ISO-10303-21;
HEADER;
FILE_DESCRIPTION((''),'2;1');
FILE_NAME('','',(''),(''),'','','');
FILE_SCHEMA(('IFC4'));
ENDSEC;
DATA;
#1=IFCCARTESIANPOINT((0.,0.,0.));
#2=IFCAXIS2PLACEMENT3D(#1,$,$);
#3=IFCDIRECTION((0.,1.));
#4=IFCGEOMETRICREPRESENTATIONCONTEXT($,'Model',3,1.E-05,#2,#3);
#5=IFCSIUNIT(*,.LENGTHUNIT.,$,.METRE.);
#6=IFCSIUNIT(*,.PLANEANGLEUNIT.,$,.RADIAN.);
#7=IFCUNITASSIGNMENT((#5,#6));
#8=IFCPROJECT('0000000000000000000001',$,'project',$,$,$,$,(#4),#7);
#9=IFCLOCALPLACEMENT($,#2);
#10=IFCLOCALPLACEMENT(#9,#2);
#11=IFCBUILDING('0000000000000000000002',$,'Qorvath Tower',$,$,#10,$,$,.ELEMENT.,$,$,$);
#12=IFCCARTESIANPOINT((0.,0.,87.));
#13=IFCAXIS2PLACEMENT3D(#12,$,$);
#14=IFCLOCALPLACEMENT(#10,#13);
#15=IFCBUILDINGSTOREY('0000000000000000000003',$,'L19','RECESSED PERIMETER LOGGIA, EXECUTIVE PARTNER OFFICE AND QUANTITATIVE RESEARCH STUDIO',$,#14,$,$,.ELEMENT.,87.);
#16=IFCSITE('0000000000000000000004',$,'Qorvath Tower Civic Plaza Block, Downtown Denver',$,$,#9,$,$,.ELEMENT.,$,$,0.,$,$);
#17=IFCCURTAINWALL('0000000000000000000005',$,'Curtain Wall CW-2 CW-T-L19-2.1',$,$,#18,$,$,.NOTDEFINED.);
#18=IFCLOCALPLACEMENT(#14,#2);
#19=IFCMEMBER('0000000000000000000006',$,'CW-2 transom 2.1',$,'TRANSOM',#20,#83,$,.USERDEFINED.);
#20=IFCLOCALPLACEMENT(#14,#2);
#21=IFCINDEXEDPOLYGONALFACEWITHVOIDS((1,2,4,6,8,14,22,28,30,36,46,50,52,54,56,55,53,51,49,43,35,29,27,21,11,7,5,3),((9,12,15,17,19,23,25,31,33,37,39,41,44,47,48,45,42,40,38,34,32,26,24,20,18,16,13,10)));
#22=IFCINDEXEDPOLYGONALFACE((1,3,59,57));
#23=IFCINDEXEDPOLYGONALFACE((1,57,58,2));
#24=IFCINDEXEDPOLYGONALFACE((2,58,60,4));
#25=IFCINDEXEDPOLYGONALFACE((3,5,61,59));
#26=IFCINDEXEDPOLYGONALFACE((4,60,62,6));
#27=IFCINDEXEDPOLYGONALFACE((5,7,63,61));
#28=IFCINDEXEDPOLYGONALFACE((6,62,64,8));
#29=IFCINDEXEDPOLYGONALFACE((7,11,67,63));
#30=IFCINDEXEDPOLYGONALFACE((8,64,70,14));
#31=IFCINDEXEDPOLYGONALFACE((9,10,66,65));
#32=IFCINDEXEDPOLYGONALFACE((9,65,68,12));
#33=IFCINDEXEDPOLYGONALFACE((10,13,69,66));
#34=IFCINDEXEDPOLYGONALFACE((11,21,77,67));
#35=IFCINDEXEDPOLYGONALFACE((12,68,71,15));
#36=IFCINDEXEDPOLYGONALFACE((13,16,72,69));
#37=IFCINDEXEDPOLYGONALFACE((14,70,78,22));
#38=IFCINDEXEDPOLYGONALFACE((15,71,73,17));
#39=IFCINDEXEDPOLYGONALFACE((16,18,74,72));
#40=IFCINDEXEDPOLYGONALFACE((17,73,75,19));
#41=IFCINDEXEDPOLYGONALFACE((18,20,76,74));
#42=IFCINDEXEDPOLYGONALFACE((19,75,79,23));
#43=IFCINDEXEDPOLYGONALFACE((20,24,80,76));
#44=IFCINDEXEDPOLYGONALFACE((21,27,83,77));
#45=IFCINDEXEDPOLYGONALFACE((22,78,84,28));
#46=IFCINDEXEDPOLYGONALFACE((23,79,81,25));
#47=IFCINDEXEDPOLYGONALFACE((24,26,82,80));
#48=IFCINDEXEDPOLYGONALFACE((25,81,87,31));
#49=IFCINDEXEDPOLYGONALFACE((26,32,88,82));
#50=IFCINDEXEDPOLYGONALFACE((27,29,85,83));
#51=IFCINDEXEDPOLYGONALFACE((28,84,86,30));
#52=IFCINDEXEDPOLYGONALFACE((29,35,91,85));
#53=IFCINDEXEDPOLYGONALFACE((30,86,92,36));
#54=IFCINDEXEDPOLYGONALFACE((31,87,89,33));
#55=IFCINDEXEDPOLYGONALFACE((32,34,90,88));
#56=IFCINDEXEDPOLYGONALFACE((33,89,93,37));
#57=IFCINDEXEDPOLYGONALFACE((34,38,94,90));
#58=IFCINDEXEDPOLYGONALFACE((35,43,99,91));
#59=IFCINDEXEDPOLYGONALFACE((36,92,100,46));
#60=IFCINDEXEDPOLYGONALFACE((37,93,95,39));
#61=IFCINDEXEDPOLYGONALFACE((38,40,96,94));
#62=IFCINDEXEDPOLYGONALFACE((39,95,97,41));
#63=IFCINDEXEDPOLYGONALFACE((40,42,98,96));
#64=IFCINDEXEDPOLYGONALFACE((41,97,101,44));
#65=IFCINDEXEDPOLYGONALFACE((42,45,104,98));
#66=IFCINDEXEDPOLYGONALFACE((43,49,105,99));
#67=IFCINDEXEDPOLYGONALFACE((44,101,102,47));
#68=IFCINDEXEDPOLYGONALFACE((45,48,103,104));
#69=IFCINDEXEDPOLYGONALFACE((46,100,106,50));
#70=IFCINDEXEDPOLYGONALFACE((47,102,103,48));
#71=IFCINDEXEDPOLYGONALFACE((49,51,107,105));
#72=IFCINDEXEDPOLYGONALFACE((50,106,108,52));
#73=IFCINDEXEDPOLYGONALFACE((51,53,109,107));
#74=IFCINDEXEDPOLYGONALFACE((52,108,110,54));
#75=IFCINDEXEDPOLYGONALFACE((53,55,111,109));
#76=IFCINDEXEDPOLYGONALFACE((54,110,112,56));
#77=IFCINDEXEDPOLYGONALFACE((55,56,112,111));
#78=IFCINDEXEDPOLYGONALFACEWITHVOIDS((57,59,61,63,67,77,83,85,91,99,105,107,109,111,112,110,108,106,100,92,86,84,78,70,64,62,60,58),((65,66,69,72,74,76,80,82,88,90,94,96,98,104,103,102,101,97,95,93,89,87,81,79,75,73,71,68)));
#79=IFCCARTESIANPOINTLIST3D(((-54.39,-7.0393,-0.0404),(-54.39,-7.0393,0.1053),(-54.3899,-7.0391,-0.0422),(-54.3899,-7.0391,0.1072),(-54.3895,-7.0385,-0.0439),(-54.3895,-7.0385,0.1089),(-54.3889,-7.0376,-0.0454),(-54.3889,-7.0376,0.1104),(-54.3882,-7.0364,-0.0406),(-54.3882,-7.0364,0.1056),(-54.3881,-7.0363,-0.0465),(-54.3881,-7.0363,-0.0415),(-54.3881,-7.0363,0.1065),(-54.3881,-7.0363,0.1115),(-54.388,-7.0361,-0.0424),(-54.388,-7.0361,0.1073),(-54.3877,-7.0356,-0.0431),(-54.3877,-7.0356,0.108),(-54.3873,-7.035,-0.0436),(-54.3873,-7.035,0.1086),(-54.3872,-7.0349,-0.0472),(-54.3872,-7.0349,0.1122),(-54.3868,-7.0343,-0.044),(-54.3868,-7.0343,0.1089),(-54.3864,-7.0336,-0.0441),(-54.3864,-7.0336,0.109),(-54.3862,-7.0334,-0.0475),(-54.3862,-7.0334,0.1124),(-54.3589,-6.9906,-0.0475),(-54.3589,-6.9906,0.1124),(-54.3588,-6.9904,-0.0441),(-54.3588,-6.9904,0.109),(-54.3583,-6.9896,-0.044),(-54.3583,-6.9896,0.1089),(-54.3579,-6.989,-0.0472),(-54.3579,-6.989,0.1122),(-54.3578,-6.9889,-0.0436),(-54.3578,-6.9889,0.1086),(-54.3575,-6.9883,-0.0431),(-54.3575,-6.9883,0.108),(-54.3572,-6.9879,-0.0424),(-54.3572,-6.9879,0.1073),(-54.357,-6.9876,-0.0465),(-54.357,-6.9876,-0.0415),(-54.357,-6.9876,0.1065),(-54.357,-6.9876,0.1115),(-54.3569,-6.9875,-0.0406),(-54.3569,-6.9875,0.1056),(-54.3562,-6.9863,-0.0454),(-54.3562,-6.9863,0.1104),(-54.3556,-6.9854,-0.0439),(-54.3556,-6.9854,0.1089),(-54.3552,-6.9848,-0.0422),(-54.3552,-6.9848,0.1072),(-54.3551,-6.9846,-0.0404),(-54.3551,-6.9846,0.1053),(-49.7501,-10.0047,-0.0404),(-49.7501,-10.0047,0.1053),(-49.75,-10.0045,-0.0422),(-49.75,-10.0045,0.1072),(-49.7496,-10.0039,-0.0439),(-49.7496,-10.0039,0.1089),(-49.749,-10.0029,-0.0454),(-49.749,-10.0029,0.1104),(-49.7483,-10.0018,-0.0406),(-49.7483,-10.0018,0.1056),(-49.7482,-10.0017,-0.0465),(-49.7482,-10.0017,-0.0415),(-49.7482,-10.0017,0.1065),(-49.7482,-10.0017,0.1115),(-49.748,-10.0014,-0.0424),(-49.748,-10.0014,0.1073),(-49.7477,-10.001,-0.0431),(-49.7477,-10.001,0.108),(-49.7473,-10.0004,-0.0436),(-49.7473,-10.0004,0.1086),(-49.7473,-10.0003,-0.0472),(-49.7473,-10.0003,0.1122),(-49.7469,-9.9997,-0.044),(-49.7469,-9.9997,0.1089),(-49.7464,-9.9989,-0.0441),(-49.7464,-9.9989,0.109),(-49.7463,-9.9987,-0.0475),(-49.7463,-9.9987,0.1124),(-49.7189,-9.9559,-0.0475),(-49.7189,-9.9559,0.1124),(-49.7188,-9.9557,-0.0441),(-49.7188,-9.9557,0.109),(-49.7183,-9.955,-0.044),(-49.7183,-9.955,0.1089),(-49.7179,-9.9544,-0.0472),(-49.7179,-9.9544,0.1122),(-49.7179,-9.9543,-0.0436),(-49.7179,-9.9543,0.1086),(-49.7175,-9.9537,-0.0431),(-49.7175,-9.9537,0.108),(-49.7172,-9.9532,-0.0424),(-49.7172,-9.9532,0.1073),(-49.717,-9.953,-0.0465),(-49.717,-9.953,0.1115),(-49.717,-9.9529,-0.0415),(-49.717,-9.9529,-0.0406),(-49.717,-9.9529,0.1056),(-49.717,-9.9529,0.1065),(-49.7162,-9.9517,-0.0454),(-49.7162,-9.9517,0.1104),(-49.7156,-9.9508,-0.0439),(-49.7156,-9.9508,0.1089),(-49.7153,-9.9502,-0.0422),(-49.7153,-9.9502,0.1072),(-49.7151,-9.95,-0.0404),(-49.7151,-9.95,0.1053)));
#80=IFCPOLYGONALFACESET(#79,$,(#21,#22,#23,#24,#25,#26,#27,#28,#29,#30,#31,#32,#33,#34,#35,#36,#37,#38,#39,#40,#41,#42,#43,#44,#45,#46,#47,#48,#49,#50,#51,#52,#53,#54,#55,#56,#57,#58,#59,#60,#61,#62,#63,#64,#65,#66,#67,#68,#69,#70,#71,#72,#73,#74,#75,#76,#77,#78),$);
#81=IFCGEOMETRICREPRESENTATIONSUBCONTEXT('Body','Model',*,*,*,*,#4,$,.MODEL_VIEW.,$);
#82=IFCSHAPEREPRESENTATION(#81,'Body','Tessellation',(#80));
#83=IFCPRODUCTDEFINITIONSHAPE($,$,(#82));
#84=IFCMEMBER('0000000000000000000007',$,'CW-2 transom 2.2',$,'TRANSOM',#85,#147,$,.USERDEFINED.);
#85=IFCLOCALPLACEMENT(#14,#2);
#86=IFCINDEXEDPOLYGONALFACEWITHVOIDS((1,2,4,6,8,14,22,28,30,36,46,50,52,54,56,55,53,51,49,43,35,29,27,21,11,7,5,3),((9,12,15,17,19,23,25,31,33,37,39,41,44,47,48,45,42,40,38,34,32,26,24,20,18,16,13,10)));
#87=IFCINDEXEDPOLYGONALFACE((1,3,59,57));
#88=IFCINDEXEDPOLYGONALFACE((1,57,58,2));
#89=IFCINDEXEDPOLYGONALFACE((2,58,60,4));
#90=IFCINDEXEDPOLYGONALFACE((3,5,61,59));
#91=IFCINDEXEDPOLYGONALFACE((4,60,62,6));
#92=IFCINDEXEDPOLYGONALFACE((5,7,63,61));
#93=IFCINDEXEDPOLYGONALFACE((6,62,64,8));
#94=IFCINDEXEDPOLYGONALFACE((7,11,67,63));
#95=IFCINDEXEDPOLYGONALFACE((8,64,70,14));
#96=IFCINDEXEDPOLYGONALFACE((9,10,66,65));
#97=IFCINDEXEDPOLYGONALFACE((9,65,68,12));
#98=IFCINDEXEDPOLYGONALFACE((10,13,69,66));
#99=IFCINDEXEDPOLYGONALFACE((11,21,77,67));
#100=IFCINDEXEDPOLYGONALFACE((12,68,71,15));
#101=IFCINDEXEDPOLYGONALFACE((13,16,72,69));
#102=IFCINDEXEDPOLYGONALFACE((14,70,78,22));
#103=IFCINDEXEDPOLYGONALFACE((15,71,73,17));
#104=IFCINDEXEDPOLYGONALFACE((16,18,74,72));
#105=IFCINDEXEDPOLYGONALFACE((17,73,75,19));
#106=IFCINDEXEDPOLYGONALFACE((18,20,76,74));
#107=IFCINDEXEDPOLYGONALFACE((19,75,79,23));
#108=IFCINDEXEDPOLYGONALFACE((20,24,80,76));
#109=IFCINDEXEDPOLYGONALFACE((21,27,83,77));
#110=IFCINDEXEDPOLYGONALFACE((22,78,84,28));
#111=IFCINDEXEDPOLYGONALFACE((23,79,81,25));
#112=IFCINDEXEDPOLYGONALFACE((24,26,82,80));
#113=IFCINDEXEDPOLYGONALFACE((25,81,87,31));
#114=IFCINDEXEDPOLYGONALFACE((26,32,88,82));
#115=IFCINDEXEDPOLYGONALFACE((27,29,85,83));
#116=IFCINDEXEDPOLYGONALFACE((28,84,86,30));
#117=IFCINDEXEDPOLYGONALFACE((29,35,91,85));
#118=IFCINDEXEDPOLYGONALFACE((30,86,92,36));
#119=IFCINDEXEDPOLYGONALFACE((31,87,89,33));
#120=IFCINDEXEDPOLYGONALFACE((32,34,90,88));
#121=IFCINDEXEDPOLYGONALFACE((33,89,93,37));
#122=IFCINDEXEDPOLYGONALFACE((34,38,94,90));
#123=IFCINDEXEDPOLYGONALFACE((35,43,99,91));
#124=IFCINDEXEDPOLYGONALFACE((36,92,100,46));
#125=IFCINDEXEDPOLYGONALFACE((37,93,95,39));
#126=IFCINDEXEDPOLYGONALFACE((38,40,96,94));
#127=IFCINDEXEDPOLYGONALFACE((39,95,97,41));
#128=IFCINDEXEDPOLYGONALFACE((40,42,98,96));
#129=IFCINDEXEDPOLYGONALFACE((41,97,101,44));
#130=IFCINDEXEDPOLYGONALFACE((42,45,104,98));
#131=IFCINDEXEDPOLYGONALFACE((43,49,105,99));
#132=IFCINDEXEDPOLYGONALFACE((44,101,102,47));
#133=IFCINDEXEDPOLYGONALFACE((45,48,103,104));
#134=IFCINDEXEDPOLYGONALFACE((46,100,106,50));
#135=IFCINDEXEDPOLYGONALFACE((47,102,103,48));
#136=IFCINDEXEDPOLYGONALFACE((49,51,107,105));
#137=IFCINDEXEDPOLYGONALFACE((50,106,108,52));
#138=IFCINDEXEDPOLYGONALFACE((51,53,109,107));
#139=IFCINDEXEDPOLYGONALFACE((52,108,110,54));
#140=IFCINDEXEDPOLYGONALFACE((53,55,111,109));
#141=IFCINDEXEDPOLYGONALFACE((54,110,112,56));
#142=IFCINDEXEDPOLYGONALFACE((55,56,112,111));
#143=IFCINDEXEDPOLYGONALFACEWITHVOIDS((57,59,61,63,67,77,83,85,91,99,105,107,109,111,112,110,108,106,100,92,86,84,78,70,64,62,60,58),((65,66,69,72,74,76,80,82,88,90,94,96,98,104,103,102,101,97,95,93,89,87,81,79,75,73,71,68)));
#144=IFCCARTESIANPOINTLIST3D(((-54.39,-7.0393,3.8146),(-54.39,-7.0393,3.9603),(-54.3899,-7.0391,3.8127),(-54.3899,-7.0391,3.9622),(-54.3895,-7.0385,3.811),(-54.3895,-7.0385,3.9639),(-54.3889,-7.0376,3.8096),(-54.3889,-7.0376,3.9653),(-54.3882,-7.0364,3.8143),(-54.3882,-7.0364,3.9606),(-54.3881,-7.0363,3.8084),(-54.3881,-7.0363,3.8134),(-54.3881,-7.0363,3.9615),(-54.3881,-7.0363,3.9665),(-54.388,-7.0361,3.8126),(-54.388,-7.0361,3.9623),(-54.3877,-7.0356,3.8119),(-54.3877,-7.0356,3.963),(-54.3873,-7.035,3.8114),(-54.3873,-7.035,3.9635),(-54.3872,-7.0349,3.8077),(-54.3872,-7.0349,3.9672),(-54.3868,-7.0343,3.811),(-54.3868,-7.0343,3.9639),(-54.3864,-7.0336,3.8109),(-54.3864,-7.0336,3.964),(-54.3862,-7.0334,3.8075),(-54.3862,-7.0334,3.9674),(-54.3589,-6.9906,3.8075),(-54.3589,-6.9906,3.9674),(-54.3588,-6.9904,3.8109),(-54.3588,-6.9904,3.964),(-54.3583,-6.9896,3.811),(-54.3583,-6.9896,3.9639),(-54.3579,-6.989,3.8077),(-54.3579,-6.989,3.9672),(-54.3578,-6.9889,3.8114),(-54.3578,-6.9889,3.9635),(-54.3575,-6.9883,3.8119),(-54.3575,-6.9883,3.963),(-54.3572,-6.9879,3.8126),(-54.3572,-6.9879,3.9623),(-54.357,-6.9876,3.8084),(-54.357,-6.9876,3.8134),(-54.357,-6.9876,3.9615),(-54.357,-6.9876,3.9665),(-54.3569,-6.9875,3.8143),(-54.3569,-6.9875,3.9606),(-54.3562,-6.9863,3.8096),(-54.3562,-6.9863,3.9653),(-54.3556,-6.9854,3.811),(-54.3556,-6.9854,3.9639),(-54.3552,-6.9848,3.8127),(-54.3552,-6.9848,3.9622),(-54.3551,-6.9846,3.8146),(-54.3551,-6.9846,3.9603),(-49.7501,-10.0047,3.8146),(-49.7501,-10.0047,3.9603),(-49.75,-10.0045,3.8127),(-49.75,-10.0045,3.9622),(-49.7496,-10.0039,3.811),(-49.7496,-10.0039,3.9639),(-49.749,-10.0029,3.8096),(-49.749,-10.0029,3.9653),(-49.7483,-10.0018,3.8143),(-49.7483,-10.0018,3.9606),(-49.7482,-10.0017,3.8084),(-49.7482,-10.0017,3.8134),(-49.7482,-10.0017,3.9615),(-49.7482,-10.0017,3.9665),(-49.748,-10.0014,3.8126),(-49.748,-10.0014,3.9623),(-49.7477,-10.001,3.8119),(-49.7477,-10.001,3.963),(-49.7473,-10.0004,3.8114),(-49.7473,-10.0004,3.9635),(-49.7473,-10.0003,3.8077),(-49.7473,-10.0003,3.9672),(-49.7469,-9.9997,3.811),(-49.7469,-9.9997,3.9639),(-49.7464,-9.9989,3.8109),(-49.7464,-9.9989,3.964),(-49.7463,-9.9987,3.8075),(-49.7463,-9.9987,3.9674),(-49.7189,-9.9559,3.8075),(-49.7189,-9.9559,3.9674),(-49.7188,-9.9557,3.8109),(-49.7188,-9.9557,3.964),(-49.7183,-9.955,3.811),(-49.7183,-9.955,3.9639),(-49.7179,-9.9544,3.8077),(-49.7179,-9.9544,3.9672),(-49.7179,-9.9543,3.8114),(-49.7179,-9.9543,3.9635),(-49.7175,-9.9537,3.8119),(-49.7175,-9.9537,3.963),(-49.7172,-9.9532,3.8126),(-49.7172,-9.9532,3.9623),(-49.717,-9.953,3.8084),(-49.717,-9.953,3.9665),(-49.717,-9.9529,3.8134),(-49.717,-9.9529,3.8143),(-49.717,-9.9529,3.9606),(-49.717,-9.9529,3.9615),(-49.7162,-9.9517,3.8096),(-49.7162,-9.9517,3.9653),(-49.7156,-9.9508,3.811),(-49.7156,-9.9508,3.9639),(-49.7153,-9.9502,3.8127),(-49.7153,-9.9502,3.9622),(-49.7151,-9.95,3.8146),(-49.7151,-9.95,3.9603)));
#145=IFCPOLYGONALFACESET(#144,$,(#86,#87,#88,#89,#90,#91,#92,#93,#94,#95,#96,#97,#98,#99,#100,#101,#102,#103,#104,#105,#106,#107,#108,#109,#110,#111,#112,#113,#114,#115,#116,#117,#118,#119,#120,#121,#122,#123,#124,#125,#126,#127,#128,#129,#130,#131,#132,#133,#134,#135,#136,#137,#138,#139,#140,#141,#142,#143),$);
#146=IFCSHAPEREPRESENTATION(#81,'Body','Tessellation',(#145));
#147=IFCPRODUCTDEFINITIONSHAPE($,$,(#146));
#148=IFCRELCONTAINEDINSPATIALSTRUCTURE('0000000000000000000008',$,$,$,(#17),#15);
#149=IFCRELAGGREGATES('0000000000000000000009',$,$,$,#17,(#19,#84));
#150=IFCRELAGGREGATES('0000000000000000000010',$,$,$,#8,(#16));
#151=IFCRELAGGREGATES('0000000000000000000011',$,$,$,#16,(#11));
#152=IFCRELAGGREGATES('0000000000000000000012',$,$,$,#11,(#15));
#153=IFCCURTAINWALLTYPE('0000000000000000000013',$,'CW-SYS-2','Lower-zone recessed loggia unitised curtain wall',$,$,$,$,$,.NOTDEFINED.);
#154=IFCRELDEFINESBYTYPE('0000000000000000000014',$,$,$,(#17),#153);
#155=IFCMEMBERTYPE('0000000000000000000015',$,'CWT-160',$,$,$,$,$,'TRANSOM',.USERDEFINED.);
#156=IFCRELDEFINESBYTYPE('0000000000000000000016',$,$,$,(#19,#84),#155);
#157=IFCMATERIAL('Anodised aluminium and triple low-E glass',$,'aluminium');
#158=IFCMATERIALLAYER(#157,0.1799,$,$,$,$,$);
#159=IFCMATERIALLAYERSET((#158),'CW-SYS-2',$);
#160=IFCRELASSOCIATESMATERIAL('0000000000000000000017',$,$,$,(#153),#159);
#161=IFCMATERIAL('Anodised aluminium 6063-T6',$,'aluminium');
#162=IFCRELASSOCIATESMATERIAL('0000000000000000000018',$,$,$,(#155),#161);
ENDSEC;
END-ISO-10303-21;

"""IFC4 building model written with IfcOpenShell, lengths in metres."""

from ifc_helpers import new_model, si_unit, direction, frame, origin, origin_2d, place, context, subcontext, project, spatial, hollow_rectangle, extrude, material, layer, layer_set, material_profile, profile_set, type_object, element, aggregate, save


model = new_model("IFC4")

# Units and contexts
model_context = context("Model", 3, precision=1e-05, world=origin(), true_north=direction((0.0, 1.0)))
body_context = subcontext(model_context, "Body", "Model", "MODEL_VIEW")
ifc_project = project(units=[si_unit("LENGTHUNIT", "METRE"), si_unit("PLANEANGLEUNIT", "RADIAN")], contexts=[model_context])

# Site, building, storey
site_placement = place(None, origin())
site = spatial("IfcSite", under=ifc_project, at=site_placement, Name="Qorvath Tower Civic Plaza Block, Downtown Denver", CompositionType="ELEMENT", RefElevation=0.0)
building_placement = place(site_placement, origin())
building = spatial("IfcBuilding", under=site, at=building_placement, Name="Qorvath Tower", CompositionType="ELEMENT")
storey_placement = place(building_placement, frame((0.0, 0.0, 87.0)))
storey = spatial("IfcBuildingStorey", under=building, at=storey_placement, Name="L19", Description="RECESSED PERIMETER LOGGIA, EXECUTIVE PARTNER OFFICE AND QUANTITATIVE RESEARCH STUDIO", CompositionType="ELEMENT", Elevation=87.0)

# Curtain wall, members
ifc_material_1 = material(Name="Anodised aluminium and triple low-E glass", Category="aluminium")
ifc_layer_1 = layer(ifc_material_1, 0.1799)
ifc_layer_set_1 = layer_set([ifc_layer_1], Name="CW-SYS-2")
curtain_wall_type = type_object("IfcCurtainWallType", Name="CW-SYS-2", Description="Lower-zone recessed loggia unitised curtain wall", PredefinedType="NOTDEFINED", material=ifc_layer_set_1)
curtain_wall_placement = place(storey_placement, origin())
curtain_wall = element("IfcCurtainWall", 1, at=curtain_wall_placement, inside=storey, type_object=curtain_wall_type, Name="Curtain Wall CW-2 CW-T-L19-2.1", PredefinedType="NOTDEFINED")
ifc_material_2 = material(Name="Anodised aluminium 6063-T6", Category="aluminium")
ifc_material_profile_1 = material_profile(ifc_material_2, hollow_rectangle(XDim=0.0649, YDim=0.1599, WallThickness=0.0034, InnerFilletRadius=0.0034, OuterFilletRadius=0.0071, at=origin_2d()), Name="CWT 160x65")
ifc_profile_set_1 = profile_set([ifc_material_profile_1], Name="Anodised aluminium 6063-T6")
member_type_1 = type_object("IfcMemberType", Name="CWT-160", ElementType="TRANSOM", PredefinedType="USERDEFINED", material=ifc_profile_set_1)
member_1_placement = place(storey_placement, frame((-54.3726, -7.012, 0.0325), z_axis=(0.842617, -0.538513, 0.0), x_axis=(0.538513, 0.842617, 0.0)))
member_1 = element("IfcMember", 2, at=member_1_placement, type_object=member_type_1, Name="CW-2 transom 2.1", ObjectType="TRANSOM", PredefinedType="USERDEFINED", context=body_context, shape_type="SweptSolid", body=[
    extrude(hollow_rectangle(XDim=0.0649, YDim=0.1599, WallThickness=0.0034, InnerFilletRadius=0.0034, OuterFilletRadius=0.0071, at=origin_2d()), origin(), (0.0, 0.0, 1.0), 5.5066),
])
member_2_placement = place(storey_placement, frame((-54.3726, -7.012, 3.8875), z_axis=(0.842617, -0.538513, 0.0), x_axis=(0.538513, 0.842617, 0.0)))
member_2 = element("IfcMember", 3, at=member_2_placement, type_object=member_type_1, Name="CW-2 transom 2.2", ObjectType="TRANSOM", PredefinedType="USERDEFINED", context=body_context, shape_type="SweptSolid", body=[
    extrude(hollow_rectangle(XDim=0.0649, YDim=0.1599, WallThickness=0.0034, InnerFilletRadius=0.0034, OuterFilletRadius=0.0071, at=origin_2d()), origin(), (0.0, 0.0, 1.0), 5.5066),
])
aggregate(curtain_wall, [member_1, member_2])

save(model, "model.ifc")
